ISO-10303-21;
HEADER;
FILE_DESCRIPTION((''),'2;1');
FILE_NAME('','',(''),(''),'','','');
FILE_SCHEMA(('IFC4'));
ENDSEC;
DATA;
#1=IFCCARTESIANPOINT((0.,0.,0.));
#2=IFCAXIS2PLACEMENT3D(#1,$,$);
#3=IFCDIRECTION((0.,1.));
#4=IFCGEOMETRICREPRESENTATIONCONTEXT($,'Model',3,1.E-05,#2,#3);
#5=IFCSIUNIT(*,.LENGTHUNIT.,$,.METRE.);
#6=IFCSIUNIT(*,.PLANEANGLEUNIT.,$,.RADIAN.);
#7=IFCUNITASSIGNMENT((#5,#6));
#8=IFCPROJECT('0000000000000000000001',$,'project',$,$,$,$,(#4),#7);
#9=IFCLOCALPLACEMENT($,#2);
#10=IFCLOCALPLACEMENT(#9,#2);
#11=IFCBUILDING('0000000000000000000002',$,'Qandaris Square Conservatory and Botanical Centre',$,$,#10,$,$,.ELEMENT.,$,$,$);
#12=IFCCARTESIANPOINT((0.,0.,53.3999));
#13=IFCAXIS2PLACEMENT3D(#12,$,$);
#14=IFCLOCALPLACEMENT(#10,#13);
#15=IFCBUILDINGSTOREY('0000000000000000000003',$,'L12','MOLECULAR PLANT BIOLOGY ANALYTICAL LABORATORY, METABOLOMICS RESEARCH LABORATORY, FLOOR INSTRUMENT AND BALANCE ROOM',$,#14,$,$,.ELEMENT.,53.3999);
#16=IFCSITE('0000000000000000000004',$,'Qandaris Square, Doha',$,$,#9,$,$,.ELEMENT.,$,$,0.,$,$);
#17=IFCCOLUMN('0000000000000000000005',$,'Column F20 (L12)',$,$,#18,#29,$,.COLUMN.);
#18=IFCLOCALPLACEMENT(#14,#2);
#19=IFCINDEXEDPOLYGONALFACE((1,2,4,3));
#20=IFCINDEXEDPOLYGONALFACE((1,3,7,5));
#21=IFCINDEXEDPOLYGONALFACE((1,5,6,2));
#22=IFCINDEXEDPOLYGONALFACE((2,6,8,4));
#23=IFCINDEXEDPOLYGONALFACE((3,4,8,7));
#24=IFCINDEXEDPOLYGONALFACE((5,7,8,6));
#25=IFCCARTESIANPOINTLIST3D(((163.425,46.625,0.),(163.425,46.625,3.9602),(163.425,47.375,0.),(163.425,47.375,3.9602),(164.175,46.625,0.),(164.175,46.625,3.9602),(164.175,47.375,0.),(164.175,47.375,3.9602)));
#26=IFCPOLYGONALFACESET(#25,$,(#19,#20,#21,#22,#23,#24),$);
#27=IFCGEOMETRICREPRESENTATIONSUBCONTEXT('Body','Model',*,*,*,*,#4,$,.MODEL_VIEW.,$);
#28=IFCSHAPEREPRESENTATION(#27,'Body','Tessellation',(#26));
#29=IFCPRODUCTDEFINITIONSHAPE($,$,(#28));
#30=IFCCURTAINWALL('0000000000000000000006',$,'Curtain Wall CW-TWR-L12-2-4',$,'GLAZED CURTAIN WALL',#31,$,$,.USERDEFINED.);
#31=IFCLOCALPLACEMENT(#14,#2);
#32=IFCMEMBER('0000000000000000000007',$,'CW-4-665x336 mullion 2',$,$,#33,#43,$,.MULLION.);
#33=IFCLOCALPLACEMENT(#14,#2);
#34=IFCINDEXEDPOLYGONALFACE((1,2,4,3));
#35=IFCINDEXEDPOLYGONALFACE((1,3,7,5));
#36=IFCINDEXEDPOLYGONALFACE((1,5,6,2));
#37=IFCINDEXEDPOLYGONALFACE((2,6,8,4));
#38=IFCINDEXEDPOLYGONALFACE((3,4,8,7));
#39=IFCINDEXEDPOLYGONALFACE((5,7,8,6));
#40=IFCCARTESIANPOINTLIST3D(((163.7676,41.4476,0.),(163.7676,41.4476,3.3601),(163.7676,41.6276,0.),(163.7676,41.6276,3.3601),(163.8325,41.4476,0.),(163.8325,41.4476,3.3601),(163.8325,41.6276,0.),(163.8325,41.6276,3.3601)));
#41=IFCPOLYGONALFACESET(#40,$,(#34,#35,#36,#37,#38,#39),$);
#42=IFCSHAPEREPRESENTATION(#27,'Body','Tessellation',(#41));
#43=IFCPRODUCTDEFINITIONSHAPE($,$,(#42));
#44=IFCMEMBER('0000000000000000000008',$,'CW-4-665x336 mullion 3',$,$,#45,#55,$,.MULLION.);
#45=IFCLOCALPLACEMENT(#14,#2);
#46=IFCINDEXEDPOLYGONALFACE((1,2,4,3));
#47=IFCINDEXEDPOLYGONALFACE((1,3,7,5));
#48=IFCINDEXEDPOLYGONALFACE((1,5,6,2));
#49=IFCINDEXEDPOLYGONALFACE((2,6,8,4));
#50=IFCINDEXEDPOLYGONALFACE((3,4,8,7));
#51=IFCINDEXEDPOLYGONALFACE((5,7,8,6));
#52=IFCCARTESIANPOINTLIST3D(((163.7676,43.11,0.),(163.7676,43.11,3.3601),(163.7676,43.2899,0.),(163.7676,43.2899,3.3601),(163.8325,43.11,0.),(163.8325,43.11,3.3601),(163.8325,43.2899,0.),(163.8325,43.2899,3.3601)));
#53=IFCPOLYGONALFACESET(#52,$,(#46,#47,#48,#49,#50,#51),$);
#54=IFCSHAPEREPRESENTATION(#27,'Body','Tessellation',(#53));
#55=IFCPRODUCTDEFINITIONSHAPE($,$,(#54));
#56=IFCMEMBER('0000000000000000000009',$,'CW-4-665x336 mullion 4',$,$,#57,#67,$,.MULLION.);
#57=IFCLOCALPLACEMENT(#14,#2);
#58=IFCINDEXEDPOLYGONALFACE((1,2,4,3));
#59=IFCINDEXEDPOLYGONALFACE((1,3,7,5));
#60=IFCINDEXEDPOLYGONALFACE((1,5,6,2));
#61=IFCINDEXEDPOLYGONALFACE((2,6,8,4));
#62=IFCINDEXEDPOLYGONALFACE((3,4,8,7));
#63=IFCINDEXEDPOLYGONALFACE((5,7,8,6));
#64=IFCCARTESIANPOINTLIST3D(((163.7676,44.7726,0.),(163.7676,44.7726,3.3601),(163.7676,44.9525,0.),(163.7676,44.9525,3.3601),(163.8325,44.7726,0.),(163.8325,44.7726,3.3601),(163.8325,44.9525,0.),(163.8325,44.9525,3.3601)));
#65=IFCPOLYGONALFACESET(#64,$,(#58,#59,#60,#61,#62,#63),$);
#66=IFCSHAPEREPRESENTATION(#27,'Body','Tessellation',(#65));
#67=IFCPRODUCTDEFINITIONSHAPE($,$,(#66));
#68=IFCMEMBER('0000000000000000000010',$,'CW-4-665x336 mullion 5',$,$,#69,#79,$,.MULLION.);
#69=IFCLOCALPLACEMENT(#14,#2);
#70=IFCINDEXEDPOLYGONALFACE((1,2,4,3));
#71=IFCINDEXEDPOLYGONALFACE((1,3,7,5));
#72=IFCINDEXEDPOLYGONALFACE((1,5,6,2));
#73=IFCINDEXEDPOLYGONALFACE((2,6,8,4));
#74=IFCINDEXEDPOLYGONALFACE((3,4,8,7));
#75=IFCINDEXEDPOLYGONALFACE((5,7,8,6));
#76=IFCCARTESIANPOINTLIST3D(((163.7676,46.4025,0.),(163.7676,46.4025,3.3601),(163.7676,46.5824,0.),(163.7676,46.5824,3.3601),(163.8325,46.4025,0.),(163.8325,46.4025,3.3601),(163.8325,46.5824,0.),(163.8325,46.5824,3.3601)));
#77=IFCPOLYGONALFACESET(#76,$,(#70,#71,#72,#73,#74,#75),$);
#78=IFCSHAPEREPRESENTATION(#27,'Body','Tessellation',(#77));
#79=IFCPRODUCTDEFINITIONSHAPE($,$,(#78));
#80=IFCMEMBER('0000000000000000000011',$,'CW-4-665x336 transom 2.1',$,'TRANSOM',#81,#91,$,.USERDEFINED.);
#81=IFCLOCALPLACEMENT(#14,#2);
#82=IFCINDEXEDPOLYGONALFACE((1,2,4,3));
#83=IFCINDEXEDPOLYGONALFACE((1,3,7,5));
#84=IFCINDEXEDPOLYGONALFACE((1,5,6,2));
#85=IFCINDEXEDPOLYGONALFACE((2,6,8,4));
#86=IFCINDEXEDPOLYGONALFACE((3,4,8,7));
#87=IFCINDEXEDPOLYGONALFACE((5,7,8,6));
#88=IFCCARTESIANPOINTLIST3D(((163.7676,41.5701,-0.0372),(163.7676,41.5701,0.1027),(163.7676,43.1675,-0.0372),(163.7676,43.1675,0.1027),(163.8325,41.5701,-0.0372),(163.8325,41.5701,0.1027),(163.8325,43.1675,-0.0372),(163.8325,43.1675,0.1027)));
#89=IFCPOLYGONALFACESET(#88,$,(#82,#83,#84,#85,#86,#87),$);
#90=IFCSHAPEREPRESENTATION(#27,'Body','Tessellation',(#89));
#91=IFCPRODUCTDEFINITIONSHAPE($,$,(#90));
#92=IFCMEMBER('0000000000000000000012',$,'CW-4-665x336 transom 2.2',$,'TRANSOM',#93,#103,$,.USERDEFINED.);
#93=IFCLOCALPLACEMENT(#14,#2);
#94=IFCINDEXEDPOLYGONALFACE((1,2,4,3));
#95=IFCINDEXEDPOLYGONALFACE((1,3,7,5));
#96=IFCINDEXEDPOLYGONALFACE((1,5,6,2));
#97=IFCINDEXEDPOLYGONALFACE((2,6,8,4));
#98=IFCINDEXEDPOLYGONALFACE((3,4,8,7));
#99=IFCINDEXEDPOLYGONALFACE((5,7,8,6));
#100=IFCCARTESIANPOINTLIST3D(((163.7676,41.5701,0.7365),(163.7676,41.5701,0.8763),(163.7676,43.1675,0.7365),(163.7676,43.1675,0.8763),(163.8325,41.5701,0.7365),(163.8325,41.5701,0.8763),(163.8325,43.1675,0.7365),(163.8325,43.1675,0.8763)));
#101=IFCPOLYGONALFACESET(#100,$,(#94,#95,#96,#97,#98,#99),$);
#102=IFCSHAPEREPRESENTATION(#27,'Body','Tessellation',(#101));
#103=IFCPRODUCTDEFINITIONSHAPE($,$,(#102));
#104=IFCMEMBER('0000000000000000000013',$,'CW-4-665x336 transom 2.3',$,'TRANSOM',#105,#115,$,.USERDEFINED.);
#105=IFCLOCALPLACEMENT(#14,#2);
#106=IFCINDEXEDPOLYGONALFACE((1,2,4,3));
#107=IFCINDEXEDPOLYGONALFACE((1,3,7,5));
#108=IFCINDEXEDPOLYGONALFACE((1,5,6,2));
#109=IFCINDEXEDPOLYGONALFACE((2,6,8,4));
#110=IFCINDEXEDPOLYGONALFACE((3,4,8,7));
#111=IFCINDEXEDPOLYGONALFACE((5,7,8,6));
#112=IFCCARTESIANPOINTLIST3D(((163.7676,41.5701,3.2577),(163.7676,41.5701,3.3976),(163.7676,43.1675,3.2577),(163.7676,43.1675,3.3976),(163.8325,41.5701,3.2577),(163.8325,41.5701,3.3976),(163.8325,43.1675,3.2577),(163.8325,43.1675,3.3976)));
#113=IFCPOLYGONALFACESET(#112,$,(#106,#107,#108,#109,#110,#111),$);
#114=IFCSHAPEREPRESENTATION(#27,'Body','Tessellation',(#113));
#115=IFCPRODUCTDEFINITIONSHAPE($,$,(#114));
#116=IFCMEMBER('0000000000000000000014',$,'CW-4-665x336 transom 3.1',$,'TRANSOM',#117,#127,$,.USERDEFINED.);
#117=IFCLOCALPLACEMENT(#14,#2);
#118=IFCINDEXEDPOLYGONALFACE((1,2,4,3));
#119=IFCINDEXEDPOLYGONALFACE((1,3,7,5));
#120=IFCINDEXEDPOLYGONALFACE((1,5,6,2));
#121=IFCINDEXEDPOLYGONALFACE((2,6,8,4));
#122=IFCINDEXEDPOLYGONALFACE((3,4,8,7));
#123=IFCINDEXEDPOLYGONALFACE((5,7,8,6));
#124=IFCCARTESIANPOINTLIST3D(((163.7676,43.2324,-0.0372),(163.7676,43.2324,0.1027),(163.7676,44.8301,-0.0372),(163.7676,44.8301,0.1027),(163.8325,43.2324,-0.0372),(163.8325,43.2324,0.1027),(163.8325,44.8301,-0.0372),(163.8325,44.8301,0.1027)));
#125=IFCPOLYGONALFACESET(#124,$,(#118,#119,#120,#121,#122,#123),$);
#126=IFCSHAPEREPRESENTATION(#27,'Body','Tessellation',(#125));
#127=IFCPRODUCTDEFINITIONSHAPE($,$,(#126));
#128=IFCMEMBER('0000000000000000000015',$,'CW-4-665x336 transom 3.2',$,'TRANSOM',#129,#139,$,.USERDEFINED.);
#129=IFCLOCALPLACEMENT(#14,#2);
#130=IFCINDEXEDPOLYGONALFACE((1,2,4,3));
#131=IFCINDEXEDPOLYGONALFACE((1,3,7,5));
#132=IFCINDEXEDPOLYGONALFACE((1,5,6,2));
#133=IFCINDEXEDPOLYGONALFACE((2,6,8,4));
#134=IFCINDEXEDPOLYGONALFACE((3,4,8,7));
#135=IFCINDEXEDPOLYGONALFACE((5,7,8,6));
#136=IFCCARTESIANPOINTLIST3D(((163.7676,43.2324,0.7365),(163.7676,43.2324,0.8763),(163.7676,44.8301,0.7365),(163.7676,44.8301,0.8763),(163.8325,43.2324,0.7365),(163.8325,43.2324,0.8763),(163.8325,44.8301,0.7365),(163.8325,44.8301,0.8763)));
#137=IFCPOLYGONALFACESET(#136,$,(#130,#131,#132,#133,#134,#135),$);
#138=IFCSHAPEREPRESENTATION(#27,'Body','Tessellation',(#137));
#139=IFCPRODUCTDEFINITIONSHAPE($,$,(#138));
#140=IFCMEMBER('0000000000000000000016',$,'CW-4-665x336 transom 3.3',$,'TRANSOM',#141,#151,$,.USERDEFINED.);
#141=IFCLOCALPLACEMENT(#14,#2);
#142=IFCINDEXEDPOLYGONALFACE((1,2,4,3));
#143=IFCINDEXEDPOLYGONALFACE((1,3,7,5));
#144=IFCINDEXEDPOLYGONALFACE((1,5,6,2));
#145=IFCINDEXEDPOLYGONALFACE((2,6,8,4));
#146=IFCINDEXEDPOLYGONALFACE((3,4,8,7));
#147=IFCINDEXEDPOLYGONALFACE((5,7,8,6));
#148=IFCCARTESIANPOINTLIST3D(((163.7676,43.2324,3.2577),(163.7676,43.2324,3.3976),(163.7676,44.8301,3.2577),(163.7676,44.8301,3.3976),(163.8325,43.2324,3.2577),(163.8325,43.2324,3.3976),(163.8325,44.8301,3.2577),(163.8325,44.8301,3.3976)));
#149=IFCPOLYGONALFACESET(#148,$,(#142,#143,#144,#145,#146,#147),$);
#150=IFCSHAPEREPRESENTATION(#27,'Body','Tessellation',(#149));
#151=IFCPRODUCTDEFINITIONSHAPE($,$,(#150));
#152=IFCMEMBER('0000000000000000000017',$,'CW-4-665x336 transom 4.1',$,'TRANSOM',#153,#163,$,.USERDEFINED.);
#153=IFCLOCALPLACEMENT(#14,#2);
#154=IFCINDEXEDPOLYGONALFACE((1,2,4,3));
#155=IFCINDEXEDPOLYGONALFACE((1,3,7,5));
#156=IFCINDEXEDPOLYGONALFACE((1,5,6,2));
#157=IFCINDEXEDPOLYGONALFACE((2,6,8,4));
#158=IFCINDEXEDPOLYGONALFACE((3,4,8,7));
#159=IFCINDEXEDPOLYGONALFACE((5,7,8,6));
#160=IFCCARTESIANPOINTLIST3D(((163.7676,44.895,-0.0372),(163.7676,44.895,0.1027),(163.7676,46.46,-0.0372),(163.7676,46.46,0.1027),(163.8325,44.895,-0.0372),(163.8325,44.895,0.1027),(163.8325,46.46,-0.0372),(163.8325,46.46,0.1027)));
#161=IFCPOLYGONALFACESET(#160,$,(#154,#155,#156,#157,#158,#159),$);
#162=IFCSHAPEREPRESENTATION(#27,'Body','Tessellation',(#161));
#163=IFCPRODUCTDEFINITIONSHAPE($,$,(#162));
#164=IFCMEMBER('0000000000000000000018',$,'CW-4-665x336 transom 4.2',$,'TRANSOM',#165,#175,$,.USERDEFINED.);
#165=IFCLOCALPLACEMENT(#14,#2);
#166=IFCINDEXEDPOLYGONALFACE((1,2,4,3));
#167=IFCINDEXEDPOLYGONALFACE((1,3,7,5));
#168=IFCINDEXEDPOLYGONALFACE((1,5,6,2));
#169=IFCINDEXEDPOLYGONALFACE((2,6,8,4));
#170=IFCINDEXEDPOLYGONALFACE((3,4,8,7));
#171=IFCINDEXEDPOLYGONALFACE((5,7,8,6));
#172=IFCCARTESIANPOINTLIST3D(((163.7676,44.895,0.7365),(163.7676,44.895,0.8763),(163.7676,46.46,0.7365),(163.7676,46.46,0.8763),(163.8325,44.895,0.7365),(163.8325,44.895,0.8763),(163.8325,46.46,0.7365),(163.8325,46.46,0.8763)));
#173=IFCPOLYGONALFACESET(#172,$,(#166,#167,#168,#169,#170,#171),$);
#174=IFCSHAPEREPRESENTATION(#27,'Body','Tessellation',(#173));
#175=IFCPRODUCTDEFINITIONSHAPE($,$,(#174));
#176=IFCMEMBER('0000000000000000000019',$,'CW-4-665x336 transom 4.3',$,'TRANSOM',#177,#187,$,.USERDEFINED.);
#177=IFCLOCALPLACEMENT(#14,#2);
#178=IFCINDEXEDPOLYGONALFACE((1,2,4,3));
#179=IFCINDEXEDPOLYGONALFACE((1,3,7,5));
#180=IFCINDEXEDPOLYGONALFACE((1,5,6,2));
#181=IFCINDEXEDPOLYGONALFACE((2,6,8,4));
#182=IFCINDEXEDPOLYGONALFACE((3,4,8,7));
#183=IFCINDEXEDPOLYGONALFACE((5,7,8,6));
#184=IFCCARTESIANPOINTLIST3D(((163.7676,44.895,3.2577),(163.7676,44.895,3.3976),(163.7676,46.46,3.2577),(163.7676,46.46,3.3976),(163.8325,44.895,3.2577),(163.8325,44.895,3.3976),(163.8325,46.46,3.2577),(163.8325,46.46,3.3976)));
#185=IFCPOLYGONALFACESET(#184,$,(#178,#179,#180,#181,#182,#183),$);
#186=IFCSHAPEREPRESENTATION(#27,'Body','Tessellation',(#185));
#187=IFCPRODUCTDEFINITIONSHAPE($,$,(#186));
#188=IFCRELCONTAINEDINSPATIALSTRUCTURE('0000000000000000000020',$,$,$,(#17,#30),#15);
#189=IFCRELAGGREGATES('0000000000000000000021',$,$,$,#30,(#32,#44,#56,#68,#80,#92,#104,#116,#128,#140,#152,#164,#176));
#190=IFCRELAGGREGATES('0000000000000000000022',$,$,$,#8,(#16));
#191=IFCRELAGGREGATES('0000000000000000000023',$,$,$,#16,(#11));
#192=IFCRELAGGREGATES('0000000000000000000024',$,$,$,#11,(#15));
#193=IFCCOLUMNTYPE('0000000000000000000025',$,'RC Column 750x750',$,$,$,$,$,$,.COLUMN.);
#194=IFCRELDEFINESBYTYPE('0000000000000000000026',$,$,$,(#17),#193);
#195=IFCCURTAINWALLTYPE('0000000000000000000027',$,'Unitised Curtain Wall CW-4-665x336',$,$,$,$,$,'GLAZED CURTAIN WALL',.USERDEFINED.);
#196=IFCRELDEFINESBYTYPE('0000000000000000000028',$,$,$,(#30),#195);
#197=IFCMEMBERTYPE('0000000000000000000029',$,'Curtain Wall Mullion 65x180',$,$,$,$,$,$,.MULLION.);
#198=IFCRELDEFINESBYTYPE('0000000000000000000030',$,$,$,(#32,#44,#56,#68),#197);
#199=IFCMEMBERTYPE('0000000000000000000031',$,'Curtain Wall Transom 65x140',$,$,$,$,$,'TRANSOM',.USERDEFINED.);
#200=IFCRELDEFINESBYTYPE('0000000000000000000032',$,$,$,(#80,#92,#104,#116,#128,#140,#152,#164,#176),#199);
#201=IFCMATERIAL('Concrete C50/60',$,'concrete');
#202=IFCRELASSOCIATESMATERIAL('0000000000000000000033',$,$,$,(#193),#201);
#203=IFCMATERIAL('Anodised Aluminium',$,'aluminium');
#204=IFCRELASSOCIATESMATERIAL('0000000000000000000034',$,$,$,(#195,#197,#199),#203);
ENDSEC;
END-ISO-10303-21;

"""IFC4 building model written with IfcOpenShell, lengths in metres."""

from ifc_helpers import new_model, si_unit, direction, frame, origin, origin_2d, place, context, subcontext, project, spatial, rectangle, extrude, material, material_profile, profile_set, type_object, element, aggregate, save


model = new_model("IFC4")

# Units and contexts
model_context = context("Model", 3, precision=1e-05, world=origin(), true_north=direction((0.0, 1.0)))
body_context = subcontext(model_context, "Body", "Model", "MODEL_VIEW")
ifc_project = project(units=[si_unit("LENGTHUNIT", "METRE"), si_unit("PLANEANGLEUNIT", "RADIAN")], contexts=[model_context])

# Site, building, storey
site_placement = place(None, origin())
site = spatial("IfcSite", under=ifc_project, at=site_placement, Name="Qandaris Square, Doha", CompositionType="ELEMENT", RefElevation=0.0)
building_placement = place(site_placement, origin())
building = spatial("IfcBuilding", under=site, at=building_placement, Name="Qandaris Square Conservatory and Botanical Centre", CompositionType="ELEMENT")
storey_placement = place(building_placement, frame((0.0, 0.0, 53.3999)))
storey = spatial("IfcBuildingStorey", under=building, at=storey_placement, Name="L12", Description="MOLECULAR PLANT BIOLOGY ANALYTICAL LABORATORY, METABOLOMICS RESEARCH LABORATORY, FLOOR INSTRUMENT AND BALANCE ROOM", CompositionType="ELEMENT", Elevation=53.3999)

# Column
ifc_material_1 = material(Name="Concrete C50/60", Category="concrete")
ifc_material_profile_1 = material_profile(ifc_material_1, rectangle(XDim=0.75, YDim=0.75, at=origin_2d()), Name="RC-COL 750x750")
ifc_profile_set_1 = profile_set([ifc_material_profile_1], Name="Concrete C50/60")
column_type = type_object("IfcColumnType", Name="RC Column 750x750", PredefinedType="COLUMN", material=ifc_profile_set_1)
column_placement = place(storey_placement, frame((163.8, 47.0, 0.0), z_axis=(0.0, 0.0, 1.0), x_axis=(1.0, 0.0, 0.0)))
element("IfcColumn", 1, at=column_placement, inside=storey, type_object=column_type, Name="Column F20 (L12)", PredefinedType="COLUMN", context=body_context, shape_type="SweptSolid", body=[
    extrude(rectangle(XDim=0.75, YDim=0.75, at=origin_2d()), origin(), (0.0, 0.0, 1.0), 3.9602),
])

# Curtain wall, members
ifc_material_2 = material(Name="Anodised Aluminium", Category="aluminium")
curtain_wall_type = type_object("IfcCurtainWallType", Name="Unitised Curtain Wall CW-4-665x336", ElementType="GLAZED CURTAIN WALL", PredefinedType="USERDEFINED", material=ifc_material_2)
curtain_wall_placement = place(storey_placement, origin())
curtain_wall = element("IfcCurtainWall", 2, at=curtain_wall_placement, inside=storey, type_object=curtain_wall_type, Name="Curtain Wall CW-TWR-L12-2-4", ObjectType="GLAZED CURTAIN WALL", PredefinedType="USERDEFINED")
ifc_material_profile_2 = material_profile(ifc_material_2, rectangle(XDim=0.0649, YDim=0.1799, at=origin_2d()), Name="ALU-MUL 65x180")
ifc_profile_set_2 = profile_set([ifc_material_profile_2], Name="Anodised Aluminium")
member_type_1 = type_object("IfcMemberType", Name="Curtain Wall Mullion 65x180", PredefinedType="MULLION", material=ifc_profile_set_2)
member_1_placement = place(storey_placement, frame((163.8, 41.5376, 0.0), z_axis=(0.0, 0.0, 1.0), x_axis=(-1.0, 0.0, 0.0)))
member_1 = element("IfcMember", 3, at=member_1_placement, type_object=member_type_1, Name="CW-4-665x336 mullion 2", PredefinedType="MULLION", context=body_context, shape_type="SweptSolid", body=[
    extrude(rectangle(XDim=0.0649, YDim=0.1799, at=origin_2d()), origin(), (0.0, 0.0, 1.0), 3.3601),
])
member_2_placement = place(storey_placement, frame((163.8, 43.2, 0.0), z_axis=(0.0, 0.0, 1.0), x_axis=(-1.0, 0.0, 0.0)))
member_2 = element("IfcMember", 4, at=member_2_placement, type_object=member_type_1, Name="CW-4-665x336 mullion 3", PredefinedType="MULLION", context=body_context, shape_type="SweptSolid", body=[
    extrude(rectangle(XDim=0.0649, YDim=0.1799, at=origin_2d()), origin(), (0.0, 0.0, 1.0), 3.3601),
])
member_3_placement = place(storey_placement, frame((163.8, 44.8625, 0.0), z_axis=(0.0, 0.0, 1.0), x_axis=(-1.0, 0.0, 0.0)))
member_3 = element("IfcMember", 5, at=member_3_placement, type_object=member_type_1, Name="CW-4-665x336 mullion 4", PredefinedType="MULLION", context=body_context, shape_type="SweptSolid", body=[
    extrude(rectangle(XDim=0.0649, YDim=0.1799, at=origin_2d()), origin(), (0.0, 0.0, 1.0), 3.3601),
])
member_4_placement = place(storey_placement, frame((163.8, 46.4924, 0.0), z_axis=(0.0, 0.0, 1.0), x_axis=(-1.0, 0.0, 0.0)))
member_4 = element("IfcMember", 6, at=member_4_placement, type_object=member_type_1, Name="CW-4-665x336 mullion 5", PredefinedType="MULLION", context=body_context, shape_type="SweptSolid", body=[
    extrude(rectangle(XDim=0.0649, YDim=0.1799, at=origin_2d()), origin(), (0.0, 0.0, 1.0), 3.3601),
])
ifc_material_profile_3 = material_profile(ifc_material_2, rectangle(XDim=0.0649, YDim=0.1399, at=origin_2d()), Name="ALU-TRN 65x140")
ifc_profile_set_3 = profile_set([ifc_material_profile_3], Name="Anodised Aluminium")
member_type_2 = type_object("IfcMemberType", Name="Curtain Wall Transom 65x140", ElementType="TRANSOM", PredefinedType="USERDEFINED", material=ifc_profile_set_3)
member_5_placement = place(storey_placement, frame((163.8, 41.5701, 0.0327), z_axis=(0.0, 1.0, 0.0), x_axis=(-1.0, 0.0, 0.0)))
member_5 = element("IfcMember", 7, at=member_5_placement, type_object=member_type_2, Name="CW-4-665x336 transom 2.1", ObjectType="TRANSOM", PredefinedType="USERDEFINED", context=body_context, shape_type="SweptSolid", body=[
    extrude(rectangle(XDim=0.0649, YDim=0.1399, at=origin_2d()), origin(), (0.0, 0.0, 1.0), 1.5974),
])
member_6_placement = place(storey_placement, frame((163.8, 41.5701, 0.8064), z_axis=(0.0, 1.0, 0.0), x_axis=(-1.0, 0.0, 0.0)))
member_6 = element("IfcMember", 8, at=member_6_placement, type_object=member_type_2, Name="CW-4-665x336 transom 2.2", ObjectType="TRANSOM", PredefinedType="USERDEFINED", context=body_context, shape_type="SweptSolid", body=[
    extrude(rectangle(XDim=0.0649, YDim=0.1399, at=origin_2d()), origin(), (0.0, 0.0, 1.0), 1.5974),
])
member_7_placement = place(storey_placement, frame((163.8, 41.5701, 3.3276), z_axis=(0.0, 1.0, 0.0), x_axis=(-1.0, 0.0, 0.0)))
member_7 = element("IfcMember", 9, at=member_7_placement, type_object=member_type_2, Name="CW-4-665x336 transom 2.3", ObjectType="TRANSOM", PredefinedType="USERDEFINED", context=body_context, shape_type="SweptSolid", body=[
    extrude(rectangle(XDim=0.0649, YDim=0.1399, at=origin_2d()), origin(), (0.0, 0.0, 1.0), 1.5974),
])
member_8_placement = place(storey_placement, frame((163.8, 43.2324, 0.0327), z_axis=(0.0, 1.0, 0.0), x_axis=(-1.0, 0.0, 0.0)))
member_8 = element("IfcMember", 10, at=member_8_placement, type_object=member_type_2, Name="CW-4-665x336 transom 3.1", ObjectType="TRANSOM", PredefinedType="USERDEFINED", context=body_context, shape_type="SweptSolid", body=[
    extrude(rectangle(XDim=0.0649, YDim=0.1399, at=origin_2d()), origin(), (0.0, 0.0, 1.0), 1.5977),
])
member_9_placement = place(storey_placement, frame((163.8, 43.2324, 0.8064), z_axis=(0.0, 1.0, 0.0), x_axis=(-1.0, 0.0, 0.0)))
member_9 = element("IfcMember", 11, at=member_9_placement, type_object=member_type_2, Name="CW-4-665x336 transom 3.2", ObjectType="TRANSOM", PredefinedType="USERDEFINED", context=body_context, shape_type="SweptSolid", body=[
    extrude(rectangle(XDim=0.0649, YDim=0.1399, at=origin_2d()), origin(), (0.0, 0.0, 1.0), 1.5977),
])
member_10_placement = place(storey_placement, frame((163.8, 43.2324, 3.3276), z_axis=(0.0, 1.0, 0.0), x_axis=(-1.0, 0.0, 0.0)))
member_10 = element("IfcMember", 12, at=member_10_placement, type_object=member_type_2, Name="CW-4-665x336 transom 3.3", ObjectType="TRANSOM", PredefinedType="USERDEFINED", context=body_context, shape_type="SweptSolid", body=[
    extrude(rectangle(XDim=0.0649, YDim=0.1399, at=origin_2d()), origin(), (0.0, 0.0, 1.0), 1.5977),
])
member_11_placement = place(storey_placement, frame((163.8, 44.895, 0.0327), z_axis=(0.0, 1.0, 0.0), x_axis=(-1.0, 0.0, 0.0)))
member_11 = element("IfcMember", 13, at=member_11_placement, type_object=member_type_2, Name="CW-4-665x336 transom 4.1", ObjectType="TRANSOM", PredefinedType="USERDEFINED", context=body_context, shape_type="SweptSolid", body=[
    extrude(rectangle(XDim=0.0649, YDim=0.1399, at=origin_2d()), origin(), (0.0, 0.0, 1.0), 1.5649),
])
member_12_placement = place(storey_placement, frame((163.8, 44.895, 0.8064), z_axis=(0.0, 1.0, 0.0), x_axis=(-1.0, 0.0, 0.0)))
member_12 = element("IfcMember", 14, at=member_12_placement, type_object=member_type_2, Name="CW-4-665x336 transom 4.2", ObjectType="TRANSOM", PredefinedType="USERDEFINED", context=body_context, shape_type="SweptSolid", body=[
    extrude(rectangle(XDim=0.0649, YDim=0.1399, at=origin_2d()), origin(), (0.0, 0.0, 1.0), 1.5649),
])
member_13_placement = place(storey_placement, frame((163.8, 44.895, 3.3276), z_axis=(0.0, 1.0, 0.0), x_axis=(-1.0, 0.0, 0.0)))
member_13 = element("IfcMember", 15, at=member_13_placement, type_object=member_type_2, Name="CW-4-665x336 transom 4.3", ObjectType="TRANSOM", PredefinedType="USERDEFINED", context=body_context, shape_type="SweptSolid", body=[
    extrude(rectangle(XDim=0.0649, YDim=0.1399, at=origin_2d()), origin(), (0.0, 0.0, 1.0), 1.5649),
])

aggregate(curtain_wall, [member_1, member_2, member_3, member_4, member_5, member_6, member_7, member_8, member_9, member_10, member_11, member_12, member_13])

save(model, "model.ifc")
